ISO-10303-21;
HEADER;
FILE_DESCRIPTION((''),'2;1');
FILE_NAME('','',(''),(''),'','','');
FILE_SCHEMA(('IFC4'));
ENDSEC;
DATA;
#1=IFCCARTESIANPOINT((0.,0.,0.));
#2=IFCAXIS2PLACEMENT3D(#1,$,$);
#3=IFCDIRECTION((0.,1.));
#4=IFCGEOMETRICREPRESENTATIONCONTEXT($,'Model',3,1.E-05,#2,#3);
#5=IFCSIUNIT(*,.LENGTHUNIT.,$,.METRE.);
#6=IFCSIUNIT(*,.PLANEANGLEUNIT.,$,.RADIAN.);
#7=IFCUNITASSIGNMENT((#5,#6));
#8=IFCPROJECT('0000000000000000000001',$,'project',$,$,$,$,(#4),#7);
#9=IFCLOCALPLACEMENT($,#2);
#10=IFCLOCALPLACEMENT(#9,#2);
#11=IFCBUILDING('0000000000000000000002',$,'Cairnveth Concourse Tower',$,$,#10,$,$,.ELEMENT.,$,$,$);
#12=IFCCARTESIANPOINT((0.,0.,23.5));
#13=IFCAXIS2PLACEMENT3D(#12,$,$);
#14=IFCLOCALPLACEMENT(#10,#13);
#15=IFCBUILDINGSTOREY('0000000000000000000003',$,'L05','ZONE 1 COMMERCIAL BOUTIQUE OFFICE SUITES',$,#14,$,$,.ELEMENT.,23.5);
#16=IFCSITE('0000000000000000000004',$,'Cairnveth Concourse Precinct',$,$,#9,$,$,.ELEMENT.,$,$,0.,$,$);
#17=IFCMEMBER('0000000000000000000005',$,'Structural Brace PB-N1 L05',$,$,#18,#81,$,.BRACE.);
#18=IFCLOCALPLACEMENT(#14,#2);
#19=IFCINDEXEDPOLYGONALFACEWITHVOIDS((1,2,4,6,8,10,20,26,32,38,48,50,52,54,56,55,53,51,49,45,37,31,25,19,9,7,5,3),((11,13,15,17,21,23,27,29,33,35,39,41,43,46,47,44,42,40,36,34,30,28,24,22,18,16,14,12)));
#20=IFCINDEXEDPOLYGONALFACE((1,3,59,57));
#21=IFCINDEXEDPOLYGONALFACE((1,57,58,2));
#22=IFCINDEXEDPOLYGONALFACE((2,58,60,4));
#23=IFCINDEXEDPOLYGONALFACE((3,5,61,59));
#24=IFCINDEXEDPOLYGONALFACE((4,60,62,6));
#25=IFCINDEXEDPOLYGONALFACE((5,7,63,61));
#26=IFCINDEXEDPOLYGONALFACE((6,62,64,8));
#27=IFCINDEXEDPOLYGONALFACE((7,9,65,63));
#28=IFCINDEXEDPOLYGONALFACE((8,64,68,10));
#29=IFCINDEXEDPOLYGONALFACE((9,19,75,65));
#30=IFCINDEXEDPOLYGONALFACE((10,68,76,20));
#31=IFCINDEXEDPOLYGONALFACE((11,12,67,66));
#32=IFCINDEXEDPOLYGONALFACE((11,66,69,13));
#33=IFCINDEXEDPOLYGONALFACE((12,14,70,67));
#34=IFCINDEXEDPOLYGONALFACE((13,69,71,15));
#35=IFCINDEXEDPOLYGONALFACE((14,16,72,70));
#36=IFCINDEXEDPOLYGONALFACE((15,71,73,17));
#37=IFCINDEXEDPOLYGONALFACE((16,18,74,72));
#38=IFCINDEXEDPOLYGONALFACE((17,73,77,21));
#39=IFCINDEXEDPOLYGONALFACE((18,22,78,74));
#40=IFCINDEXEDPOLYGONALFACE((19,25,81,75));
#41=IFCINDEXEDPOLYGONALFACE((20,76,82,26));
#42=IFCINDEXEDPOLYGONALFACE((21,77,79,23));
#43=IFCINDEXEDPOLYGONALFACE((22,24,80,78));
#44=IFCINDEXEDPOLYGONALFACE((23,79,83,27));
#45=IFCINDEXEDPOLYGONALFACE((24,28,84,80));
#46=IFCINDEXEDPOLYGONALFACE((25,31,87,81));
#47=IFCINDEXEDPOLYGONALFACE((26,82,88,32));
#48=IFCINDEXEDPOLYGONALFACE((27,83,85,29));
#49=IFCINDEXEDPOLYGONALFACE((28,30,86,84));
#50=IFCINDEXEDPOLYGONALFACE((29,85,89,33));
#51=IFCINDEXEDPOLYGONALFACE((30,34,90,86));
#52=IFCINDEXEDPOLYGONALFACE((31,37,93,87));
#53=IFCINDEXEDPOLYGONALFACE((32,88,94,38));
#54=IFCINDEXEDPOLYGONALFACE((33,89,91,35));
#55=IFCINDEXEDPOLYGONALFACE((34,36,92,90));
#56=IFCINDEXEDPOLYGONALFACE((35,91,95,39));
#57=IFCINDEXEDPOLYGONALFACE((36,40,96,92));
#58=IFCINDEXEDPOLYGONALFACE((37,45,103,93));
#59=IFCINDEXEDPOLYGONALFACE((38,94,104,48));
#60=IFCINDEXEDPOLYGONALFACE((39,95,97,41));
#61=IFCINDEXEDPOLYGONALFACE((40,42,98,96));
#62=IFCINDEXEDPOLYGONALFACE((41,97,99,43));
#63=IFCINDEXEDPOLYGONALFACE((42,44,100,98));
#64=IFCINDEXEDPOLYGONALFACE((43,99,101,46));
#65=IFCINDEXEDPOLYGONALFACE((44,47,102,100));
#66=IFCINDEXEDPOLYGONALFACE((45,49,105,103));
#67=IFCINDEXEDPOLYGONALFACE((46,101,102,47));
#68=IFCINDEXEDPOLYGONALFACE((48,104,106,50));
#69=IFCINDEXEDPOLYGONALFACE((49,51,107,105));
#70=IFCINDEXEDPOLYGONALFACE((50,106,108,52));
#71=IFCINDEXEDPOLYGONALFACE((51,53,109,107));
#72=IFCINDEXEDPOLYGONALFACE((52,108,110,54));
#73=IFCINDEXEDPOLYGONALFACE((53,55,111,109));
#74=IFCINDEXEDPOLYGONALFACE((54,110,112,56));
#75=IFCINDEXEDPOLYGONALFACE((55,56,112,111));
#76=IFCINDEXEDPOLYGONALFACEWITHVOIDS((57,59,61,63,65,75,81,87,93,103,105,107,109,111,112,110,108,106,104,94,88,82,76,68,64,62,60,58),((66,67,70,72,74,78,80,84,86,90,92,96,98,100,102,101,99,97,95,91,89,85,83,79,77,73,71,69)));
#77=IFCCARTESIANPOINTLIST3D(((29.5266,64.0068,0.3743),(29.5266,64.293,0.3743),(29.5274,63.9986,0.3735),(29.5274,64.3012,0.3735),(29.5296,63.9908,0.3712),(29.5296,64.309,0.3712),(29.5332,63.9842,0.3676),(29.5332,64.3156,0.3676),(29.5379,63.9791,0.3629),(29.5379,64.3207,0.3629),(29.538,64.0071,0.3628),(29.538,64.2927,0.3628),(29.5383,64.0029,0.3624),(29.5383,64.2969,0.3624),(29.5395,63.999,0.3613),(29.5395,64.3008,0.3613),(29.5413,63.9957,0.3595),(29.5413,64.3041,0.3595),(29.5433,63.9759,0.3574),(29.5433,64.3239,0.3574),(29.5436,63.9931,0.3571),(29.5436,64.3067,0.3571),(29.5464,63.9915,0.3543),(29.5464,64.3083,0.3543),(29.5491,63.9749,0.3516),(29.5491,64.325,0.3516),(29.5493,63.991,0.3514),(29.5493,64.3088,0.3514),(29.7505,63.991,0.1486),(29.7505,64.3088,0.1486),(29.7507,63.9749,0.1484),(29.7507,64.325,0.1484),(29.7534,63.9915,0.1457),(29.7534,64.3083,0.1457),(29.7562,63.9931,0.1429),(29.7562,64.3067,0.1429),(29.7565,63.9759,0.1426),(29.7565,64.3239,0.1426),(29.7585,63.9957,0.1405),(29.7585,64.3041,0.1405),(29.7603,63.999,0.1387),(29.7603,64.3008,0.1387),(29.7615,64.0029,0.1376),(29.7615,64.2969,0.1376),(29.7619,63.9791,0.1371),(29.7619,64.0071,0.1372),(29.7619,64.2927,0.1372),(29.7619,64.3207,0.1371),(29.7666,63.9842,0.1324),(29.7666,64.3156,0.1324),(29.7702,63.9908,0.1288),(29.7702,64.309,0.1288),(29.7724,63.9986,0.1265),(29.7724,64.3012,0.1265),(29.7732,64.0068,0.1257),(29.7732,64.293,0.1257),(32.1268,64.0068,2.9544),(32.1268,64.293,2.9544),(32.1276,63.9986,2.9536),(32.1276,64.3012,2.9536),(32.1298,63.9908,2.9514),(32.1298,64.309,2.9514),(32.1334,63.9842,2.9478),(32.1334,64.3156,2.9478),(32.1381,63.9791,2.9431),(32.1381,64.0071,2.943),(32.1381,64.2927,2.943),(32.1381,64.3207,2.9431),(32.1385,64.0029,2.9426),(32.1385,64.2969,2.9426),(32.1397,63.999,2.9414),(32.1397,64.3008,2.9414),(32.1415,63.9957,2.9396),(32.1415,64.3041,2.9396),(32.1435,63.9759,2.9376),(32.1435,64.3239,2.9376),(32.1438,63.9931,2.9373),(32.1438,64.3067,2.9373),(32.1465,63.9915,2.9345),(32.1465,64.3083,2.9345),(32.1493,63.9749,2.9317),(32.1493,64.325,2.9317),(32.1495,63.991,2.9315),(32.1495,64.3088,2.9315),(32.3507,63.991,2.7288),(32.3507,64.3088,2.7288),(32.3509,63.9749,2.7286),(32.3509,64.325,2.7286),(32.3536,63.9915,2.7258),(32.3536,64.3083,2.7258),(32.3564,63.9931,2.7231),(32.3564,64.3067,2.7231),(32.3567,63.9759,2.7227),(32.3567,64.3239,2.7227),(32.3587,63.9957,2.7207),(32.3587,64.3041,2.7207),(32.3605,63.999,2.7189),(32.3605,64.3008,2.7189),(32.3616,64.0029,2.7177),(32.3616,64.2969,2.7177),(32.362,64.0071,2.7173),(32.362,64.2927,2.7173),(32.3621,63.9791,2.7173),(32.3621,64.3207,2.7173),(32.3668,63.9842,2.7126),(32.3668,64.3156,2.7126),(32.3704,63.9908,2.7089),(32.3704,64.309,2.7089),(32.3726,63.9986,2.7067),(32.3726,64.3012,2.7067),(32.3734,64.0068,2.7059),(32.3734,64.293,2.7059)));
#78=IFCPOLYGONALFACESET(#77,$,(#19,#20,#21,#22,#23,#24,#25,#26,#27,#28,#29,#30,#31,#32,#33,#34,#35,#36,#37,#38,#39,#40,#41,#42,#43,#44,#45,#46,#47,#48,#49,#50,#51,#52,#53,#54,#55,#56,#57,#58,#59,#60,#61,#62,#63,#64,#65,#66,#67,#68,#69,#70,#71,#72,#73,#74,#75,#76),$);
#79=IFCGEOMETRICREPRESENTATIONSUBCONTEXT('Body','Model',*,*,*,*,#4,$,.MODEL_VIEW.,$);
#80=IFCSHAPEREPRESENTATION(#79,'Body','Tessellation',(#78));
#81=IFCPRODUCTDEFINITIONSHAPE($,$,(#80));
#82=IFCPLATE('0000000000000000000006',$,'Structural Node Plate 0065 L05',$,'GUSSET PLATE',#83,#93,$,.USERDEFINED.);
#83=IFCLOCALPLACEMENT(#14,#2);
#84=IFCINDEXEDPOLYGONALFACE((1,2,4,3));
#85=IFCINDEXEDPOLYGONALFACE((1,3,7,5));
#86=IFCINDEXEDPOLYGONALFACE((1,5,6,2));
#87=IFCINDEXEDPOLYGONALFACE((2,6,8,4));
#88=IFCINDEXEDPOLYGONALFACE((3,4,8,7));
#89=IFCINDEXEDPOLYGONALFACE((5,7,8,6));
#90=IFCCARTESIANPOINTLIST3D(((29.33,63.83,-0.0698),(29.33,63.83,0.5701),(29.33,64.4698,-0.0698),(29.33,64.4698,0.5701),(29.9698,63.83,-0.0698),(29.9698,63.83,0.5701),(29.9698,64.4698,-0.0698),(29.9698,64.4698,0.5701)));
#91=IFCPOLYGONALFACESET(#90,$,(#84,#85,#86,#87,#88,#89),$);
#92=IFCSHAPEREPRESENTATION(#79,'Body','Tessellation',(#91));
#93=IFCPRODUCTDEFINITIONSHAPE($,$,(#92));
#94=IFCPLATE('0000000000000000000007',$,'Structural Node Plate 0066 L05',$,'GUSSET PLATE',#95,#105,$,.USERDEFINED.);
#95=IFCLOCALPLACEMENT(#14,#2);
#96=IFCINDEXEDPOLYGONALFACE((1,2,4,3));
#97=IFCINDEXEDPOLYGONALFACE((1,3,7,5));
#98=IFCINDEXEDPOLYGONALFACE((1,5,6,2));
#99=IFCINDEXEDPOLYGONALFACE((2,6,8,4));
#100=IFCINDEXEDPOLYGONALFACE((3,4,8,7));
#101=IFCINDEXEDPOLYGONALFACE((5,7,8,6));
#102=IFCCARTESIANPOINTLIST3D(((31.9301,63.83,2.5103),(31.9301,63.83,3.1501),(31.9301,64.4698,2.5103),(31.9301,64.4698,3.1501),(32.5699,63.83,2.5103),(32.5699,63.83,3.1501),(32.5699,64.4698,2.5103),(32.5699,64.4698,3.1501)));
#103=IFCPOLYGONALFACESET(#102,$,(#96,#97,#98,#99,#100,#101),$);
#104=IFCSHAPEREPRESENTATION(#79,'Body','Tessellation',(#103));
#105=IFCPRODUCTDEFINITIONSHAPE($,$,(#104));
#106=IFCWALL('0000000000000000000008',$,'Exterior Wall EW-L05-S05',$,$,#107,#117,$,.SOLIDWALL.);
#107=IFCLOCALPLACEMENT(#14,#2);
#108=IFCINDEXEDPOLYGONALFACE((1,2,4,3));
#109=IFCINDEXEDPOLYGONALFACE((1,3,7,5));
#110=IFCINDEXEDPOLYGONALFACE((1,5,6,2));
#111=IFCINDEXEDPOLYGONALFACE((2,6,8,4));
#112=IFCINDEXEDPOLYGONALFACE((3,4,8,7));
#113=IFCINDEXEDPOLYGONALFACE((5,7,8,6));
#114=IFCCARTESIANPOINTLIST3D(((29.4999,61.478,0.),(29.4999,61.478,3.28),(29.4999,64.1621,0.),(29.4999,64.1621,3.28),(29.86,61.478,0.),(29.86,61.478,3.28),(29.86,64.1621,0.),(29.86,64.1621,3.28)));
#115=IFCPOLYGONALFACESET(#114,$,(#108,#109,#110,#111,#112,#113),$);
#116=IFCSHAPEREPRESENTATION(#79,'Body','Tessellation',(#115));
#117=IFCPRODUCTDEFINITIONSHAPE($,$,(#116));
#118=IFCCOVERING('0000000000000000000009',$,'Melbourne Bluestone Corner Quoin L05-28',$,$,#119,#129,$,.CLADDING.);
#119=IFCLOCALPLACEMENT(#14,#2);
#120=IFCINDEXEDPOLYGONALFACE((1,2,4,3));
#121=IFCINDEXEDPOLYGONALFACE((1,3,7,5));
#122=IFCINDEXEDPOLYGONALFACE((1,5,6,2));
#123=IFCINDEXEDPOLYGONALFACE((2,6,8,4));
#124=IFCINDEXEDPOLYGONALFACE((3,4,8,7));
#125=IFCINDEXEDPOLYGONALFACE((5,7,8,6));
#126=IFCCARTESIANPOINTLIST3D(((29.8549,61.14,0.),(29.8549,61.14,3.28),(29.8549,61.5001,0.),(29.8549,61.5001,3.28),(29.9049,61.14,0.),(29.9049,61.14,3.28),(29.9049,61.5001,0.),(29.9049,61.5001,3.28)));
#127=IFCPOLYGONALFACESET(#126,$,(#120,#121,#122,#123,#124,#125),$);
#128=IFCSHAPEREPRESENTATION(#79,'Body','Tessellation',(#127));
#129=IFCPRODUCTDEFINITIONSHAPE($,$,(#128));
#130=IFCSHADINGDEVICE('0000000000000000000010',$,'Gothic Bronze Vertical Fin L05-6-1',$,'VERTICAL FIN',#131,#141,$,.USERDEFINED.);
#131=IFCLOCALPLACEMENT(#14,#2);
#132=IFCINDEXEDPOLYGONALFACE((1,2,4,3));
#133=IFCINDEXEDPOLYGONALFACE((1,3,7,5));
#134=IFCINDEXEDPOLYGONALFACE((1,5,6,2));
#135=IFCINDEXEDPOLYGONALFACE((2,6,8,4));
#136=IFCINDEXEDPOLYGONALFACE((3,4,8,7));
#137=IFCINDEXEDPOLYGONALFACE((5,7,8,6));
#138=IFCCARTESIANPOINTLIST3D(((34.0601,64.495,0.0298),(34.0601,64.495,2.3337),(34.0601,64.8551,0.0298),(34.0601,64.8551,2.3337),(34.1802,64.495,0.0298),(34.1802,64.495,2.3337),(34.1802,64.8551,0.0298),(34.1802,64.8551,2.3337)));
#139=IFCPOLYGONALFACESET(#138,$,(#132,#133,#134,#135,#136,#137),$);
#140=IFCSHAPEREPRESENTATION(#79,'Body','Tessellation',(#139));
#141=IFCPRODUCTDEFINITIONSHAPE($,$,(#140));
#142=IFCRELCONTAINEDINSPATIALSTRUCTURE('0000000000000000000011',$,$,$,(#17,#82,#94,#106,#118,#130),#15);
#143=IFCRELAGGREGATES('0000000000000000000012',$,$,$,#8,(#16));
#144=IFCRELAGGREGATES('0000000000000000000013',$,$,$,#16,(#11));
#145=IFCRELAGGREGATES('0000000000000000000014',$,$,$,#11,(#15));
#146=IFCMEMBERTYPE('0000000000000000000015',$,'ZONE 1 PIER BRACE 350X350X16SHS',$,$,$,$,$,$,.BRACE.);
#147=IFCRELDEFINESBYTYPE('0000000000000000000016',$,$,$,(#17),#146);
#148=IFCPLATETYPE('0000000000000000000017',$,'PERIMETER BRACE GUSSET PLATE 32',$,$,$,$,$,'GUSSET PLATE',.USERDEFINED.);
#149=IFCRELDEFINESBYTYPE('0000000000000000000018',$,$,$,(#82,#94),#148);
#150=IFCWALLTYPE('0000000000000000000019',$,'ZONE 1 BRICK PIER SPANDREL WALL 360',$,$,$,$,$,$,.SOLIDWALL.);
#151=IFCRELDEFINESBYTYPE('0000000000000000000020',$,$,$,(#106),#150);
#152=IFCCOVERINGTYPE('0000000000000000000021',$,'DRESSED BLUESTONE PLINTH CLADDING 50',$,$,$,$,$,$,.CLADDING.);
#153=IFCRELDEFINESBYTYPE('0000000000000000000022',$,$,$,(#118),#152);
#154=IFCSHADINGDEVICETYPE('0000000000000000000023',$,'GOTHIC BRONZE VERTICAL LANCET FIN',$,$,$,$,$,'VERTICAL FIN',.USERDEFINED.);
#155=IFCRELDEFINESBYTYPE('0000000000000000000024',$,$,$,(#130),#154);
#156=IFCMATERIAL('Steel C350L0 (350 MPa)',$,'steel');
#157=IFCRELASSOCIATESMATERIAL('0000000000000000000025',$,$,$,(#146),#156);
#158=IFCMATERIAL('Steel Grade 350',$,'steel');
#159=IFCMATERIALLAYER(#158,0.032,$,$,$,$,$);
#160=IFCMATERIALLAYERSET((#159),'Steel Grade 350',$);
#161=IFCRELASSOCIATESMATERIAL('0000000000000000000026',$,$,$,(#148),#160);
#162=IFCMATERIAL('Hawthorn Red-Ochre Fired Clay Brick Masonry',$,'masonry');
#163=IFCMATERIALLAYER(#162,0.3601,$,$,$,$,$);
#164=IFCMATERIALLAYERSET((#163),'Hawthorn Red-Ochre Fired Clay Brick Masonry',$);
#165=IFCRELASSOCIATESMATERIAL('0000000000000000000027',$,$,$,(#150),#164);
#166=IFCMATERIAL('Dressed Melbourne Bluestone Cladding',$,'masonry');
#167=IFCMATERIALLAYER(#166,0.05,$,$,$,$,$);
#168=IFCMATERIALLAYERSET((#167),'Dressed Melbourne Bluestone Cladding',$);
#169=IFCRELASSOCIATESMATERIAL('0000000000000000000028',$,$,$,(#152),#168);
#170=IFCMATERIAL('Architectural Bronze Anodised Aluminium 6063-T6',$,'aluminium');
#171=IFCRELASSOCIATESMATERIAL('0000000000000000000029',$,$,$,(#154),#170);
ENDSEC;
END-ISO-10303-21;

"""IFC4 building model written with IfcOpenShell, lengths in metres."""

from ifc_helpers import new_model, si_unit, direction, frame, frame_2d, origin, origin_2d, place, context, subcontext, project, spatial, rectangle, hollow_rectangle, extrude, material, layer, layer_set, material_profile, profile_set, type_object, element, save


model = new_model("IFC4")

# Units and contexts
model_context = context("Model", 3, precision=1e-05, world=origin(), true_north=direction((0.0, 1.0)))
body_context = subcontext(model_context, "Body", "Model", "MODEL_VIEW")
ifc_project = project(units=[si_unit("LENGTHUNIT", "METRE"), si_unit("PLANEANGLEUNIT", "RADIAN")], contexts=[model_context])

# Site, building, storey
site_placement = place(None, origin())
site = spatial("IfcSite", under=ifc_project, at=site_placement, Name="Cairnveth Concourse Precinct", CompositionType="ELEMENT", RefElevation=0.0)
building_placement = place(site_placement, origin())
building = spatial("IfcBuilding", under=site, at=building_placement, Name="Cairnveth Concourse Tower", CompositionType="ELEMENT")
storey_placement = place(building_placement, frame((0.0, 0.0, 23.5)))
storey = spatial("IfcBuildingStorey", under=building, at=storey_placement, Name="L05", Description="ZONE 1 COMMERCIAL BOUTIQUE OFFICE SUITES", CompositionType="ELEMENT", Elevation=23.5)

# Member
ifc_material_1 = material(Name="Steel C350L0 (350 MPa)", Category="steel")
ifc_material_profile = material_profile(ifc_material_1, hollow_rectangle(XDim=0.3501, YDim=0.3501, WallThickness=0.0161, InnerFilletRadius=0.0161, OuterFilletRadius=0.032, at=origin_2d()), Name="350x350x16.0SHS")
ifc_profile_set = profile_set([ifc_material_profile], Name="Steel C350L0 (350 MPa)")
member_type = type_object("IfcMemberType", Name="ZONE 1 PIER BRACE 350X350X16SHS", PredefinedType="BRACE", material=ifc_profile_set)
member_placement = place(storey_placement, frame((29.6499, 64.1499, 0.25), z_axis=(0.709834, 0.0, 0.704369), x_axis=(0.0, 1.0, 0.0)))
element("IfcMember", 1, at=member_placement, inside=storey, type_object=member_type, Name="Structural Brace PB-N1 L05", PredefinedType="BRACE", context=body_context, shape_type="SweptSolid", body=[
    extrude(hollow_rectangle(XDim=0.3501, YDim=0.3501, WallThickness=0.0161, InnerFilletRadius=0.0161, OuterFilletRadius=0.032, at=origin_2d()), origin(), (0.0, 0.0, 1.0), 3.6631),
])

# Plates
ifc_material_2 = material(Name="Steel Grade 350", Category="steel")
ifc_layer_1 = layer(ifc_material_2, 0.032)
ifc_layer_set_1 = layer_set([ifc_layer_1], Name="Steel Grade 350")
plate_type = type_object("IfcPlateType", Name="PERIMETER BRACE GUSSET PLATE 32", ElementType="GUSSET PLATE", PredefinedType="USERDEFINED", material=ifc_layer_set_1)
for number, where, z_axis, x_axis, name in (
    (2, (29.6499, 64.1499, -0.0698), (0.0, 0.0, 1.0), (1.0, 0.0, 0.0), "Structural Node Plate 0065 L05"),
    (3, (32.25, 64.1499, 2.5103), (0.0, 0.0, 1.0), (1.0, 0.0, 0.0), "Structural Node Plate 0066 L05"),
):
    element("IfcPlate", number, at=place(storey_placement, frame(where, z_axis=z_axis, x_axis=x_axis)), inside=storey, type_object=plate_type, Name=name, ObjectType="GUSSET PLATE", PredefinedType="USERDEFINED", context=body_context, shape_type="SweptSolid", body=[
        extrude(rectangle(XDim=0.6399, YDim=0.6399, at=origin_2d()), origin(), (0.0, 0.0, 1.0), 0.6399),
    ])

# Wall
ifc_material_3 = material(Name="Hawthorn Red-Ochre Fired Clay Brick Masonry", Category="masonry")
ifc_layer_2 = layer(ifc_material_3, 0.3601)
ifc_layer_set_2 = layer_set([ifc_layer_2], Name="Hawthorn Red-Ochre Fired Clay Brick Masonry")
wall_type = type_object("IfcWallType", Name="ZONE 1 BRICK PIER SPANDREL WALL 360", PredefinedType="SOLIDWALL", material=ifc_layer_set_2)
wall_1_placement = place(storey_placement, frame((29.6799, 61.478, 0.0), z_axis=(0.0, 0.0, 1.0), x_axis=(0.0, 1.0, 0.0)))
element("IfcWall", 4, at=wall_1_placement, inside=storey, type_object=wall_type, Name="Exterior Wall EW-L05-S05", PredefinedType="SOLIDWALL", context=body_context, shape_type="SweptSolid", body=[
    extrude(rectangle(XDim=2.6841, YDim=0.3601, at=frame_2d((1.342, 0.0))), origin(), (0.0, 0.0, 1.0), 3.28),
])

# Covering
ifc_material_4 = material(Name="Dressed Melbourne Bluestone Cladding", Category="masonry")
ifc_layer_3 = layer(ifc_material_4, 0.05)
ifc_layer_set_3 = layer_set([ifc_layer_3], Name="Dressed Melbourne Bluestone Cladding")
covering_type = type_object("IfcCoveringType", Name="DRESSED BLUESTONE PLINTH CLADDING 50", PredefinedType="CLADDING", material=ifc_layer_set_3)
covering_placement = place(storey_placement, frame((29.8799, 61.1399, 0.0), z_axis=(0.0, 0.0, 1.0), x_axis=(0.0, 1.0, 0.0)))
element("IfcCovering", 5, at=covering_placement, inside=storey, type_object=covering_type, Name="Melbourne Bluestone Corner Quoin L05-28", PredefinedType="CLADDING", context=body_context, shape_type="SweptSolid", body=[
    extrude(rectangle(XDim=0.3601, YDim=0.05, at=frame_2d((0.1802, 0.0))), origin(), (0.0, 0.0, 1.0), 3.28),
])

# Shading device
ifc_material_5 = material(Name="Architectural Bronze Anodised Aluminium 6063-T6", Category="aluminium")
shading_device_type = type_object("IfcShadingDeviceType", Name="GOTHIC BRONZE VERTICAL LANCET FIN", ElementType="VERTICAL FIN", PredefinedType="USERDEFINED", material=ifc_material_5)
shading_device_placement = place(storey_placement, frame((34.1201, 64.675, 0.0298), z_axis=(0.0, 0.0, 1.0), x_axis=(1.0, 0.0, 0.0)))
element("IfcShadingDevice", 6, at=shading_device_placement, inside=storey, type_object=shading_device_type, Name="Gothic Bronze Vertical Fin L05-6-1", ObjectType="VERTICAL FIN", PredefinedType="USERDEFINED", context=body_context, shape_type="SweptSolid", body=[
    extrude(rectangle(XDim=0.1201, YDim=0.3601, at=origin_2d()), origin(), (0.0, 0.0, 1.0), 2.304),
])

save(model, "model.ifc")
